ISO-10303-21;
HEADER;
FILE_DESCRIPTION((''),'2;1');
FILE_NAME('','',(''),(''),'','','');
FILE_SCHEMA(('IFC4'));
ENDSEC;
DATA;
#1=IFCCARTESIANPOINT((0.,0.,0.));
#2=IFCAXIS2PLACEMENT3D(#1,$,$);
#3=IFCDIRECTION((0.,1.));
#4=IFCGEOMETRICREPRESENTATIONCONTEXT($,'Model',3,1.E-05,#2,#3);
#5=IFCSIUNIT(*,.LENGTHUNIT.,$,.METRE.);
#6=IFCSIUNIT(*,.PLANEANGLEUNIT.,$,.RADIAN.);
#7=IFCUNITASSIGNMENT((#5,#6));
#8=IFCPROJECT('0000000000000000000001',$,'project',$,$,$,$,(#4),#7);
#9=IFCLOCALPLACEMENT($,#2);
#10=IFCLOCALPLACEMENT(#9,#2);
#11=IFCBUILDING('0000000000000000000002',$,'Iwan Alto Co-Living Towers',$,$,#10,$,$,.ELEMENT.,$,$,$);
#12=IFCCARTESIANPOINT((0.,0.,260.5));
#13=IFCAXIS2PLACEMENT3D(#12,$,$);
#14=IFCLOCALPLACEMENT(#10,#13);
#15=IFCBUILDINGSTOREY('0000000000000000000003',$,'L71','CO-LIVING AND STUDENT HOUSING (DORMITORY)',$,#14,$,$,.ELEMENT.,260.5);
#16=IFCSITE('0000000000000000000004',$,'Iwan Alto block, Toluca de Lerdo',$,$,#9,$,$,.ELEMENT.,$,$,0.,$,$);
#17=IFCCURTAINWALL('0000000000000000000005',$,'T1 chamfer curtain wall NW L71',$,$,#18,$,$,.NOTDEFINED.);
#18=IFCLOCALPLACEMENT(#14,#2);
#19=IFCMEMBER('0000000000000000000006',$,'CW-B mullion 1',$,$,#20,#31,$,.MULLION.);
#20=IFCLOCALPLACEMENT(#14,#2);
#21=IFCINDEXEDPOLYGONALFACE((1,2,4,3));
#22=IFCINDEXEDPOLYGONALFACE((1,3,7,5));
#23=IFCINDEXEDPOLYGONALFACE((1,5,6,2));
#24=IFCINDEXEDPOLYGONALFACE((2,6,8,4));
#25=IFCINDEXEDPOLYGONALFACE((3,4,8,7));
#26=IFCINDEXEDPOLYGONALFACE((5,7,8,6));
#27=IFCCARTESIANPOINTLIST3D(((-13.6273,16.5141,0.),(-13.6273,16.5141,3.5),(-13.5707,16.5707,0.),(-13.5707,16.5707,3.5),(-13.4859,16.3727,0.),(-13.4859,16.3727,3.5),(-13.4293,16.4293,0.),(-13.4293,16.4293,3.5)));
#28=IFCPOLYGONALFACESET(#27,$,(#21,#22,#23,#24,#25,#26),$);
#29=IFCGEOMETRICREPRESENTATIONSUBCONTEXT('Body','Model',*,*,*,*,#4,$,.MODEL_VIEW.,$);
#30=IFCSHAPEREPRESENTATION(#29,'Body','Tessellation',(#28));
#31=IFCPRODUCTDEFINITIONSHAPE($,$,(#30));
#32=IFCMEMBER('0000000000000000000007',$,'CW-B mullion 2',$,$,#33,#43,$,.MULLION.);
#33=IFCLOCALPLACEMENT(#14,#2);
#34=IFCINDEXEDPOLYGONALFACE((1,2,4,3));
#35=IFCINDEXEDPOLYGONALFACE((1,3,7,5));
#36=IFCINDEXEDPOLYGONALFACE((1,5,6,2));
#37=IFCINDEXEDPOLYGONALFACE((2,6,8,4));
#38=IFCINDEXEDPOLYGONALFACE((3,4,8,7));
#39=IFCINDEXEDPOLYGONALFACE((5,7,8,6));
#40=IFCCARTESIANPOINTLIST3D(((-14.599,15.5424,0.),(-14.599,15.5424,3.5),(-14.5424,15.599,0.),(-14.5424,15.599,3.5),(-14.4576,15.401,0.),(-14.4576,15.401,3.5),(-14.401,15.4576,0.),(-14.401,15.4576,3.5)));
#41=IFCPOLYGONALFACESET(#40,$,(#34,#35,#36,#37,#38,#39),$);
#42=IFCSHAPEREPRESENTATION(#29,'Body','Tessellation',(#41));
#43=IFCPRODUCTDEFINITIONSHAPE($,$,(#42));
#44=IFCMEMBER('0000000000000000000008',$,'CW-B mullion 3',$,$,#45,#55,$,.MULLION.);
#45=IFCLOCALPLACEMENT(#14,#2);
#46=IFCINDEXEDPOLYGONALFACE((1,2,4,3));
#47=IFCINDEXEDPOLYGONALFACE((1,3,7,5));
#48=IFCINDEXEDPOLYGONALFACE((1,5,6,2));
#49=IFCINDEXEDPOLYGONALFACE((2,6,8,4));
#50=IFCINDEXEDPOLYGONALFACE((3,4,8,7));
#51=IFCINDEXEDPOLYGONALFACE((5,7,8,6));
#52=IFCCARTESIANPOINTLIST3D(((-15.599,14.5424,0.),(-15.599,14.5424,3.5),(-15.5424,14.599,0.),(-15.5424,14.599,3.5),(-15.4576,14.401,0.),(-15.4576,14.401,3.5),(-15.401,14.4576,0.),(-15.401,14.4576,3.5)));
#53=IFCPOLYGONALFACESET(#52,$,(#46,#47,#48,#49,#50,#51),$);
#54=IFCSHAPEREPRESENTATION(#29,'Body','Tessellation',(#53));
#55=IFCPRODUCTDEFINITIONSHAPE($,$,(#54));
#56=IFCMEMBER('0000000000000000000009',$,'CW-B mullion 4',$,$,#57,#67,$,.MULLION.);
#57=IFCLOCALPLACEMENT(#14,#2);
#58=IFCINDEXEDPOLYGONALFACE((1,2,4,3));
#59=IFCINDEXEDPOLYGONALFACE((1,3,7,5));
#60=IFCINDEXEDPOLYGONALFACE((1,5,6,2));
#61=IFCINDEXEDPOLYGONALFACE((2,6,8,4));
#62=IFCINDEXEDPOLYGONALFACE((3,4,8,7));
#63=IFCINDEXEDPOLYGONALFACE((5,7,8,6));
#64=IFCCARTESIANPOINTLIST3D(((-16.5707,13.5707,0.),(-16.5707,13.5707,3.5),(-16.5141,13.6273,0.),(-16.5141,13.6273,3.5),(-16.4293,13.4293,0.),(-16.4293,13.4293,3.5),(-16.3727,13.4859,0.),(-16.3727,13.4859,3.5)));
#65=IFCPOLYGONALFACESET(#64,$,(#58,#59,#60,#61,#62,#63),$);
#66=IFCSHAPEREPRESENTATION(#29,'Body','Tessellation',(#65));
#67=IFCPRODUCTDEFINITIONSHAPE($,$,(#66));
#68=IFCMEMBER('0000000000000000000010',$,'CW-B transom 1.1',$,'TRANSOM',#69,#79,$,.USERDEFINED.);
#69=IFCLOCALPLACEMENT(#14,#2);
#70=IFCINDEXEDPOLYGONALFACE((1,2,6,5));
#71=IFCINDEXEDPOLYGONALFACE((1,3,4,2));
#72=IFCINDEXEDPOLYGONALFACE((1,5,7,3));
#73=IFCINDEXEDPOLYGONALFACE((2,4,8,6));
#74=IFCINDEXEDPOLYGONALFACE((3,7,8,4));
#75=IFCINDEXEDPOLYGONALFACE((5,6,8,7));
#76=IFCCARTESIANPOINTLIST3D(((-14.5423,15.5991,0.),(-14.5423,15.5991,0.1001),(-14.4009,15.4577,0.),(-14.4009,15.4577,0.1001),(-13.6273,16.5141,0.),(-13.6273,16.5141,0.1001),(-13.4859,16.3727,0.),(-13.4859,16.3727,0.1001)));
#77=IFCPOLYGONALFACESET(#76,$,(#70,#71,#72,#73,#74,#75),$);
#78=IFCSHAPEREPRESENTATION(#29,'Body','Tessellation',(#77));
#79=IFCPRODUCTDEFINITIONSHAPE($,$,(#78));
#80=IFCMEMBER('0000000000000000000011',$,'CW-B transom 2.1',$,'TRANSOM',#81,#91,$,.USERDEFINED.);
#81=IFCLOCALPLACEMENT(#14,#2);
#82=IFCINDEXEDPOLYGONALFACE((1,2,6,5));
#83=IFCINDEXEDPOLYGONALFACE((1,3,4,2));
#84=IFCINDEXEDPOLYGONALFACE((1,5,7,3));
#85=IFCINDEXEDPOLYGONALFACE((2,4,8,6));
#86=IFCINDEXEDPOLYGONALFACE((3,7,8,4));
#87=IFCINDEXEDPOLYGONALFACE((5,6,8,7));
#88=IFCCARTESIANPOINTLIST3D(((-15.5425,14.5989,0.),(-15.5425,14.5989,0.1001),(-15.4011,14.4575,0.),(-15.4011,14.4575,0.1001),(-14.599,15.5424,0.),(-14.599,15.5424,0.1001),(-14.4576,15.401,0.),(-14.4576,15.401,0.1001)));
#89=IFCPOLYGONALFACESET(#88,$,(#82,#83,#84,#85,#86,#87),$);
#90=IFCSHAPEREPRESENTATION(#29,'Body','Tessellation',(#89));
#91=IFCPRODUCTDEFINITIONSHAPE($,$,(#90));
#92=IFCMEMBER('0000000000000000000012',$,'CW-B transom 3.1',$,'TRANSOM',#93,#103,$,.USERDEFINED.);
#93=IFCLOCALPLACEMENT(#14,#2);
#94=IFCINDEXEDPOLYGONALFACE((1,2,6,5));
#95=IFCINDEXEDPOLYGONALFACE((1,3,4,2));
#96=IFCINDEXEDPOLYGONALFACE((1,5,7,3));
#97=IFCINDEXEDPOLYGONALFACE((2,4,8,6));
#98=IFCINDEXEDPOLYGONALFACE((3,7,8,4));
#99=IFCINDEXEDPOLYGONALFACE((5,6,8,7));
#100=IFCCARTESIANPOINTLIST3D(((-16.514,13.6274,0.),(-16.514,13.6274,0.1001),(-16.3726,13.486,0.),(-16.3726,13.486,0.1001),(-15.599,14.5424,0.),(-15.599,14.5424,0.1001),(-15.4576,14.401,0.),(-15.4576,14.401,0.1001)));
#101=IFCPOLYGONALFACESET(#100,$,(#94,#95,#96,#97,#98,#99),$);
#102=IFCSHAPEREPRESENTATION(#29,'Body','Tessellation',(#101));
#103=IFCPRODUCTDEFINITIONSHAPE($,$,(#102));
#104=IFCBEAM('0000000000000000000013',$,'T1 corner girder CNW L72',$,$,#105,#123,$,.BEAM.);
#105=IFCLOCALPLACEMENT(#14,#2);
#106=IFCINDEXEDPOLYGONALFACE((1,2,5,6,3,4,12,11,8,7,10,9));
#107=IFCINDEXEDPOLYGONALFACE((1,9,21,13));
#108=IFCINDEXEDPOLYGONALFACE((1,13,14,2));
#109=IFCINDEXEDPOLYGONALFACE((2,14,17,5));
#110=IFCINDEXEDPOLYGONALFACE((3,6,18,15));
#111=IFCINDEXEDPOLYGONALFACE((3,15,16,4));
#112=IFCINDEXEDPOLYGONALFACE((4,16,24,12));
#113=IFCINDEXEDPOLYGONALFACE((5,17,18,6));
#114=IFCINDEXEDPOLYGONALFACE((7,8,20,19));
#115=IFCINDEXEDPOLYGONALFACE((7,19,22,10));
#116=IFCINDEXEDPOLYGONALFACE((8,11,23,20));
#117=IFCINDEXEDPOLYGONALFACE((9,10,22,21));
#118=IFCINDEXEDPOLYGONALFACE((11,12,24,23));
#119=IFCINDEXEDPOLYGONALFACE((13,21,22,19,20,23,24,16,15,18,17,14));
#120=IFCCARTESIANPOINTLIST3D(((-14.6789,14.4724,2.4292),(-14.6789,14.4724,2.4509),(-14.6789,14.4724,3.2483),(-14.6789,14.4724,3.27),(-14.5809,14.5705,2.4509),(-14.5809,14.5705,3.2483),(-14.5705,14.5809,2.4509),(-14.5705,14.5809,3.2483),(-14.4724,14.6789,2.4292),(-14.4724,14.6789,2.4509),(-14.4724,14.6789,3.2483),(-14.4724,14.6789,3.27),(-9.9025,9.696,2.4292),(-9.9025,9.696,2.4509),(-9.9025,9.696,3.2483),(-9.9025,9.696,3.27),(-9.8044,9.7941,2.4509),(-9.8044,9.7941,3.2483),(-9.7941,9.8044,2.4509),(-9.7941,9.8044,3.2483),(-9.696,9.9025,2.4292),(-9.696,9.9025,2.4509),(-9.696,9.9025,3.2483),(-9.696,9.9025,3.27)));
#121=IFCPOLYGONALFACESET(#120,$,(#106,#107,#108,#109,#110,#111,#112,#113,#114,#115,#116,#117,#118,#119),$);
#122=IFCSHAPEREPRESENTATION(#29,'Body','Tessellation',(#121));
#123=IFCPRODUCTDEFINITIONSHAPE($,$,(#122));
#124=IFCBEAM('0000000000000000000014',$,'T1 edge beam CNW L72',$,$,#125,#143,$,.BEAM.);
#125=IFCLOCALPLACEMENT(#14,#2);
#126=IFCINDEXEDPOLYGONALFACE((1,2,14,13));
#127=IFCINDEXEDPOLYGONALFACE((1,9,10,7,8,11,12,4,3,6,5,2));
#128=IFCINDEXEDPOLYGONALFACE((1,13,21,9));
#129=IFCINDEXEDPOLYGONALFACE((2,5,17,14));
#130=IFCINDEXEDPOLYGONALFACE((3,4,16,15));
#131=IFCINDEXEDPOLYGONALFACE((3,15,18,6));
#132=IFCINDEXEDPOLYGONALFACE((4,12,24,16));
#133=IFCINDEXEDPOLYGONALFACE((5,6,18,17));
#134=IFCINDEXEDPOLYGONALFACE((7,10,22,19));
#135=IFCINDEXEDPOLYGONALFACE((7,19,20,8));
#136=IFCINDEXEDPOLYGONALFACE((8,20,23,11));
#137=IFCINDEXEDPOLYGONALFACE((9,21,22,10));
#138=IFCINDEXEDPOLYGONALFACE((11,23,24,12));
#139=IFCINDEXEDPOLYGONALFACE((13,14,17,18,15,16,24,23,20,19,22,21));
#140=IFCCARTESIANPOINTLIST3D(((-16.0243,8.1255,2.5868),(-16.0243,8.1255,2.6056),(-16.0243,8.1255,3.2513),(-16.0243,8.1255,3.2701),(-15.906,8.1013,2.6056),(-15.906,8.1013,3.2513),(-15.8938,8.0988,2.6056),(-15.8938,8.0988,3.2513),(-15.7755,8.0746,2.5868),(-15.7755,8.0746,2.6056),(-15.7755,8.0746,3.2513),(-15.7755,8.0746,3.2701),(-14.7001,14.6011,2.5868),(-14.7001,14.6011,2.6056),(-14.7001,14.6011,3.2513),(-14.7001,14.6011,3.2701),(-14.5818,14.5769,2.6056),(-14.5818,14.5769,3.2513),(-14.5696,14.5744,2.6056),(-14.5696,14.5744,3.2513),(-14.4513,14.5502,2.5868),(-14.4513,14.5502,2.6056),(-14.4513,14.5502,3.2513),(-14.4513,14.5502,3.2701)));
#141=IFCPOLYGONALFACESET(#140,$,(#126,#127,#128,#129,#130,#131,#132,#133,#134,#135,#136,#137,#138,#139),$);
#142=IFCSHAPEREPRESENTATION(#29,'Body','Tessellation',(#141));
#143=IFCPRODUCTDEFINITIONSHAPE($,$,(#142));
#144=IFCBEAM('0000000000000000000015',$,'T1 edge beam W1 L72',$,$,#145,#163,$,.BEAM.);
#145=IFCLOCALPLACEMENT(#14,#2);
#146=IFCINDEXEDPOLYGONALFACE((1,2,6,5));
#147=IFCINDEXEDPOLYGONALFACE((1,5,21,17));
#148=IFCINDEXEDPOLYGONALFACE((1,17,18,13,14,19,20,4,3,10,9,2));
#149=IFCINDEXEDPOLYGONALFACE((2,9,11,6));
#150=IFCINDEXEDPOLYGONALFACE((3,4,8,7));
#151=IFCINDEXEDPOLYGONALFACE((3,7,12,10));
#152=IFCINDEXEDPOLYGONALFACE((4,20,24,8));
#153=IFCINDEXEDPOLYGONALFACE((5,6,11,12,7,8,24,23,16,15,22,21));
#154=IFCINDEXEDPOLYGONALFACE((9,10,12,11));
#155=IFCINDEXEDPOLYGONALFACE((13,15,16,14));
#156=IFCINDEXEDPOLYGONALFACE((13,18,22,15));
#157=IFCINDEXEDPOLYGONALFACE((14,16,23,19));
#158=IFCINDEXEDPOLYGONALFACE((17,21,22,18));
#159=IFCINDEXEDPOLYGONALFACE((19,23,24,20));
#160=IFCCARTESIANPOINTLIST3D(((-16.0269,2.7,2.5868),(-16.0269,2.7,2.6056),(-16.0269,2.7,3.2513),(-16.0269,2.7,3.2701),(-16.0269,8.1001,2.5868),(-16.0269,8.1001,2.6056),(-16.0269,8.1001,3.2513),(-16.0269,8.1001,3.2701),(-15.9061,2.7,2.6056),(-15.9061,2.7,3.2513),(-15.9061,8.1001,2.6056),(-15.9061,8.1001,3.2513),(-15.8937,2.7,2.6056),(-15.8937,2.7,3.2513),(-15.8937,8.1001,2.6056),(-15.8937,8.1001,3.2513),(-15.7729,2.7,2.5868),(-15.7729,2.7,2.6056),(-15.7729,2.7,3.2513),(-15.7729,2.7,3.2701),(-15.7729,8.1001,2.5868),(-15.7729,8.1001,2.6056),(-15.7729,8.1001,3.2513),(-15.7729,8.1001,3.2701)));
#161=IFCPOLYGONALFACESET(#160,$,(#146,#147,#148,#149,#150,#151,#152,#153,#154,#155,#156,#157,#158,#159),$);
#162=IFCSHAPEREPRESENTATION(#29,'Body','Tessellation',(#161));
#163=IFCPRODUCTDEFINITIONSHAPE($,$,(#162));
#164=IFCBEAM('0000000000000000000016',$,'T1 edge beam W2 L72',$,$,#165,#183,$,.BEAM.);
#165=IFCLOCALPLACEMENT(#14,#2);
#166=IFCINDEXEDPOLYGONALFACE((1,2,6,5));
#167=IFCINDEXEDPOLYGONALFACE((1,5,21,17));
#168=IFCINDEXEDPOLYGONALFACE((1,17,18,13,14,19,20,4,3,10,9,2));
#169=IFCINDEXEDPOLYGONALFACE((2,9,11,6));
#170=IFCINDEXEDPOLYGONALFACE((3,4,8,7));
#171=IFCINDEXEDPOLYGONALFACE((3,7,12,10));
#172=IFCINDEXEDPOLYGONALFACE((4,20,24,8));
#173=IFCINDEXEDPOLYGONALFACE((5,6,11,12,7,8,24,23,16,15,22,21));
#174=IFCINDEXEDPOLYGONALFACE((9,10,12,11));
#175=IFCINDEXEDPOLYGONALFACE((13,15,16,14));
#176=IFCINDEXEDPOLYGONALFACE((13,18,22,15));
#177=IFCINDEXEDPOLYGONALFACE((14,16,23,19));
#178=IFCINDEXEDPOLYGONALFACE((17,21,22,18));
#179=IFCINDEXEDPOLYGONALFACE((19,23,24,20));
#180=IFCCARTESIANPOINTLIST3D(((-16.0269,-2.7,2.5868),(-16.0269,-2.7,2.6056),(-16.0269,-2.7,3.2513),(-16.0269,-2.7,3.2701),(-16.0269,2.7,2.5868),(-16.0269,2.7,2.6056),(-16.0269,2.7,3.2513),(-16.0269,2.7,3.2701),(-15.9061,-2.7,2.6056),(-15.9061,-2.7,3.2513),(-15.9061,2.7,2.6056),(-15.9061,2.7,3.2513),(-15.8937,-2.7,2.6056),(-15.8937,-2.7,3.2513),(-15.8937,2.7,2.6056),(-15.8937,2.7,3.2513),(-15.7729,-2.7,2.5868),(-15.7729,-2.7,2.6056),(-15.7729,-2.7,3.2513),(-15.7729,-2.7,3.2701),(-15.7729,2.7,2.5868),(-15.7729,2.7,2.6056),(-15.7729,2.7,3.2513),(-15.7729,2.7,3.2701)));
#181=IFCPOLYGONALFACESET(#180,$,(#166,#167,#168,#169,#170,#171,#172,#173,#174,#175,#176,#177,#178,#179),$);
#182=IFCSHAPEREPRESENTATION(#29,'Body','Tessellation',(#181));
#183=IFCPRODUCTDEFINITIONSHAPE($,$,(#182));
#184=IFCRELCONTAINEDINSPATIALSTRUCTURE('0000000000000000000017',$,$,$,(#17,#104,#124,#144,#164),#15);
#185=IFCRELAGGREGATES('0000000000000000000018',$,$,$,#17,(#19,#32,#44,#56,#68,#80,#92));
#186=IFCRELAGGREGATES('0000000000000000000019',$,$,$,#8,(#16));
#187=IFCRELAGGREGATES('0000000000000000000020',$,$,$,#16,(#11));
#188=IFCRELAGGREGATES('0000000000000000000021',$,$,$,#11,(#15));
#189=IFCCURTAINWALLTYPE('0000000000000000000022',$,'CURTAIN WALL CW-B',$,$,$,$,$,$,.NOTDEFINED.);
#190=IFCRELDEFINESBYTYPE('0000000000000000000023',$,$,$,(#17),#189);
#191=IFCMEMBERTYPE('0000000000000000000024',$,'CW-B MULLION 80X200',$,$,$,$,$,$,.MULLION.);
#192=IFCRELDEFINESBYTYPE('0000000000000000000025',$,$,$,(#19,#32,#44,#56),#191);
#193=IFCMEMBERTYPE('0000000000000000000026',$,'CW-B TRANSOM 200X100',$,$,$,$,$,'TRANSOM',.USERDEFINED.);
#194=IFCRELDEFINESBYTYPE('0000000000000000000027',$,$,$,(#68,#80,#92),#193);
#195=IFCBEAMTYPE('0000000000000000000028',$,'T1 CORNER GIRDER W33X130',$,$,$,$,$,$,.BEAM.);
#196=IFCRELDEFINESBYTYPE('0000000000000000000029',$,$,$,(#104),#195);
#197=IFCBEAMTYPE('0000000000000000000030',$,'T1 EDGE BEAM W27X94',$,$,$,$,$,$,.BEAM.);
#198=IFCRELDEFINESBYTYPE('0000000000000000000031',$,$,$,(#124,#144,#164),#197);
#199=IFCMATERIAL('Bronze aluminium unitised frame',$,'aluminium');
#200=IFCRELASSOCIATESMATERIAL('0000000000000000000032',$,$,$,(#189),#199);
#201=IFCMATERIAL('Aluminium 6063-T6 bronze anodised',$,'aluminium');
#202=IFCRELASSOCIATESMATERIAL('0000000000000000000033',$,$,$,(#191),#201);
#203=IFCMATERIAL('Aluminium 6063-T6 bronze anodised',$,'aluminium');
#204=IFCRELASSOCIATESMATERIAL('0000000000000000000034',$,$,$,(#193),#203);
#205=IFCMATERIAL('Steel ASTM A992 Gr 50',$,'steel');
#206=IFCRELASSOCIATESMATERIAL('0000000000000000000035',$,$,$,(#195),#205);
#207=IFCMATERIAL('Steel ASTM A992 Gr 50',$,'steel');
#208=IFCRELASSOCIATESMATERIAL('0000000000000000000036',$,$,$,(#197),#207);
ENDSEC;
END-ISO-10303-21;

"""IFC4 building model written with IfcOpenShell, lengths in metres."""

from ifc_helpers import new_model, si_unit, direction, frame, origin, origin_2d, place, context, subcontext, project, spatial, rectangle, i_section, extrude, material, material_profile, profile_set, type_object, element, aggregate, save


model = new_model("IFC4")

# Units and contexts
model_context = context("Model", 3, precision=1e-05, world=origin(), true_north=direction((0.0, 1.0)))
body_context = subcontext(model_context, "Body", "Model", "MODEL_VIEW")
ifc_project = project(units=[si_unit("LENGTHUNIT", "METRE"), si_unit("PLANEANGLEUNIT", "RADIAN")], contexts=[model_context])

# Site, building, storey
site_placement = place(None, origin())
site = spatial("IfcSite", under=ifc_project, at=site_placement, Name="Iwan Alto block, Toluca de Lerdo", CompositionType="ELEMENT", RefElevation=0.0)
building_placement = place(site_placement, origin())
building = spatial("IfcBuilding", under=site, at=building_placement, Name="Iwan Alto Co-Living Towers", CompositionType="ELEMENT")
storey_placement = place(building_placement, frame((0.0, 0.0, 260.5)))
storey = spatial("IfcBuildingStorey", under=building, at=storey_placement, Name="L71", Description="CO-LIVING AND STUDENT HOUSING (DORMITORY)", CompositionType="ELEMENT", Elevation=260.5)

# Curtain wall, members
ifc_material_1 = material(Name="Bronze aluminium unitised frame", Category="aluminium")
curtain_wall_type_1 = type_object("IfcCurtainWallType", Name="CURTAIN WALL CW-B", PredefinedType="NOTDEFINED", material=ifc_material_1)
curtain_wall_1_placement = place(storey_placement, origin())
curtain_wall_1 = element("IfcCurtainWall", 1, at=curtain_wall_1_placement, inside=storey, type_object=curtain_wall_type_1, Name="T1 chamfer curtain wall NW L71", PredefinedType="NOTDEFINED")
ifc_material_2 = material(Name="Aluminium 6063-T6 bronze anodised", Category="aluminium")
ifc_material_profile_1 = material_profile(ifc_material_2, rectangle(XDim=0.2, YDim=0.0801, at=origin_2d()), Name="AL 80X200")
ifc_profile_set_1 = profile_set([ifc_material_profile_1], Name="Aluminium 6063-T6 bronze anodised")
member_type_1 = type_object("IfcMemberType", Name="CW-B MULLION 80X200", PredefinedType="MULLION", material=ifc_profile_set_1)
member_1_placement = place(storey_placement, frame((-13.5283, 16.4717, 0.0), z_axis=(0.0, 0.0, 1.0), x_axis=(0.707107, -0.707107, 0.0)))
member_1 = element("IfcMember", 2, at=member_1_placement, type_object=member_type_1, Name="CW-B mullion 1", PredefinedType="MULLION", context=body_context, shape_type="SweptSolid", body=[
    extrude(rectangle(XDim=0.2, YDim=0.0801, at=origin_2d()), origin(), (0.0, 0.0, 1.0), 3.5),
])
member_2_placement = place(storey_placement, frame((-14.5, 15.5, 0.0), z_axis=(0.0, 0.0, 1.0), x_axis=(0.707107, -0.707107, 0.0)))
member_2 = element("IfcMember", 3, at=member_2_placement, type_object=member_type_1, Name="CW-B mullion 2", PredefinedType="MULLION", context=body_context, shape_type="SweptSolid", body=[
    extrude(rectangle(XDim=0.2, YDim=0.0801, at=origin_2d()), origin(), (0.0, 0.0, 1.0), 3.5),
])
member_3_placement = place(storey_placement, frame((-15.5, 14.5, 0.0), z_axis=(0.0, 0.0, 1.0), x_axis=(0.707107, -0.707107, 0.0)))
member_3 = element("IfcMember", 4, at=member_3_placement, type_object=member_type_1, Name="CW-B mullion 3", PredefinedType="MULLION", context=body_context, shape_type="SweptSolid", body=[
    extrude(rectangle(XDim=0.2, YDim=0.0801, at=origin_2d()), origin(), (0.0, 0.0, 1.0), 3.5),
])
member_4_placement = place(storey_placement, frame((-16.4717, 13.5283, 0.0), z_axis=(0.0, 0.0, 1.0), x_axis=(0.707107, -0.707107, 0.0)))
member_4 = element("IfcMember", 5, at=member_4_placement, type_object=member_type_1, Name="CW-B mullion 4", PredefinedType="MULLION", context=body_context, shape_type="SweptSolid", body=[
    extrude(rectangle(XDim=0.2, YDim=0.0801, at=origin_2d()), origin(), (0.0, 0.0, 1.0), 3.5),
])
ifc_material_3 = material(Name="Aluminium 6063-T6 bronze anodised", Category="aluminium")
ifc_material_profile_2 = material_profile(ifc_material_3, rectangle(XDim=0.2, YDim=0.1001, at=origin_2d()), Name="AL 200X100")
ifc_profile_set_2 = profile_set([ifc_material_profile_2], Name="Aluminium 6063-T6 bronze anodised")
member_type_2 = type_object("IfcMemberType", Name="CW-B TRANSOM 200X100", ElementType="TRANSOM", PredefinedType="USERDEFINED", material=ifc_profile_set_2)
member_5_placement = place(storey_placement, frame((-13.5566, 16.4434, 0.05), z_axis=(-0.707107, -0.707107, 0.0), x_axis=(0.707107, -0.707107, 0.0)))
member_5 = element("IfcMember", 6, at=member_5_placement, type_object=member_type_2, Name="CW-B transom 1.1", ObjectType="TRANSOM", PredefinedType="USERDEFINED", context=body_context, shape_type="SweptSolid", body=[
    extrude(rectangle(XDim=0.2, YDim=0.1001, at=origin_2d()), origin(), (0.0, 0.0, 1.0), 1.2939),
])
member_6_placement = place(storey_placement, frame((-14.5283, 15.4717, 0.05), z_axis=(-0.707107, -0.707107, 0.0), x_axis=(0.707107, -0.707107, 0.0)))
member_6 = element("IfcMember", 7, at=member_6_placement, type_object=member_type_2, Name="CW-B transom 2.1", ObjectType="TRANSOM", PredefinedType="USERDEFINED", context=body_context, shape_type="SweptSolid", body=[
    extrude(rectangle(XDim=0.2, YDim=0.1001, at=origin_2d()), origin(), (0.0, 0.0, 1.0), 1.3342),
])
member_7_placement = place(storey_placement, frame((-15.5283, 14.4717, 0.05), z_axis=(-0.707107, -0.707107, 0.0), x_axis=(0.707107, -0.707107, 0.0)))
member_7 = element("IfcMember", 8, at=member_7_placement, type_object=member_type_2, Name="CW-B transom 3.1", ObjectType="TRANSOM", PredefinedType="USERDEFINED", context=body_context, shape_type="SweptSolid", body=[
    extrude(rectangle(XDim=0.2, YDim=0.1001, at=origin_2d()), origin(), (0.0, 0.0, 1.0), 1.2939),
])

# Beams
ifc_material_4 = material(Name="Steel ASTM A992 Gr 50", Category="steel")
ifc_material_profile_3 = material_profile(ifc_material_4, i_section(OverallWidth=0.292, OverallDepth=0.8408, WebThickness=0.0146, FlangeThickness=0.0217, at=origin_2d()), Name="W33X130")
ifc_profile_set_3 = profile_set([ifc_material_profile_3], Name="Steel ASTM A992 Gr 50")
beam_type_1 = type_object("IfcBeamType", Name="T1 CORNER GIRDER W33X130", PredefinedType="BEAM", material=ifc_profile_set_3)
beam_1_placement = place(storey_placement, frame((-14.5757, 14.5757, 2.8496), z_axis=(0.707107, -0.707107, 0.0), x_axis=(0.707107, 0.707107, 0.0)))
element("IfcBeam", 9, at=beam_1_placement, inside=storey, type_object=beam_type_1, Name="T1 corner girder CNW L72", PredefinedType="BEAM", context=body_context, shape_type="SweptSolid", body=[
    extrude(i_section(OverallWidth=0.292, OverallDepth=0.8408, WebThickness=0.0146, FlangeThickness=0.0217, at=origin_2d()), origin(), (0.0, 0.0, 1.0), 6.7549),
])
ifc_material_5 = material(Name="Steel ASTM A992 Gr 50", Category="steel")
ifc_material_profile_4 = material_profile(ifc_material_5, i_section(OverallWidth=0.2539, OverallDepth=0.6833, WebThickness=0.0125, FlangeThickness=0.0188, at=origin_2d()), Name="W27X94")
ifc_profile_set_4 = profile_set([ifc_material_profile_4], Name="Steel ASTM A992 Gr 50")
beam_type_2 = type_object("IfcBeamType", Name="T1 EDGE BEAM W27X94", PredefinedType="BEAM", material=ifc_profile_set_4)
beam_2_placement = place(storey_placement, frame((-14.5757, 14.5757, 2.9285), z_axis=(-0.200348, -0.979725, 0.0), x_axis=(0.979725, -0.200348, 0.0)))
element("IfcBeam", 10, at=beam_2_placement, inside=storey, type_object=beam_type_2, Name="T1 edge beam CNW L72", PredefinedType="BEAM", context=body_context, shape_type="SweptSolid", body=[
    extrude(i_section(OverallWidth=0.2539, OverallDepth=0.6833, WebThickness=0.0125, FlangeThickness=0.0188, at=origin_2d()), origin(), (0.0, 0.0, 1.0), 6.6096),
])
beam_3_placement = place(storey_placement, frame((-15.8999, 8.1001, 2.9285), z_axis=(0.0, -1.0, 0.0), x_axis=(1.0, 0.0, 0.0)))
element("IfcBeam", 11, at=beam_3_placement, inside=storey, type_object=beam_type_2, Name="T1 edge beam W1 L72", PredefinedType="BEAM", context=body_context, shape_type="SweptSolid", body=[
    extrude(i_section(OverallWidth=0.2539, OverallDepth=0.6833, WebThickness=0.0125, FlangeThickness=0.0188, at=origin_2d()), origin(), (0.0, 0.0, 1.0), 5.4001),
])
beam_4_placement = place(storey_placement, frame((-15.8999, 2.7, 2.9285), z_axis=(0.0, -1.0, 0.0), x_axis=(1.0, 0.0, 0.0)))
element("IfcBeam", 12, at=beam_4_placement, inside=storey, type_object=beam_type_2, Name="T1 edge beam W2 L72", PredefinedType="BEAM", context=body_context, shape_type="SweptSolid", body=[
    extrude(i_section(OverallWidth=0.2539, OverallDepth=0.6833, WebThickness=0.0125, FlangeThickness=0.0188, at=origin_2d()), origin(), (0.0, 0.0, 1.0), 5.3999),
])

aggregate(curtain_wall_1, [member_1, member_2, member_3, member_4, member_5, member_6, member_7])

save(model, "model.ifc")
